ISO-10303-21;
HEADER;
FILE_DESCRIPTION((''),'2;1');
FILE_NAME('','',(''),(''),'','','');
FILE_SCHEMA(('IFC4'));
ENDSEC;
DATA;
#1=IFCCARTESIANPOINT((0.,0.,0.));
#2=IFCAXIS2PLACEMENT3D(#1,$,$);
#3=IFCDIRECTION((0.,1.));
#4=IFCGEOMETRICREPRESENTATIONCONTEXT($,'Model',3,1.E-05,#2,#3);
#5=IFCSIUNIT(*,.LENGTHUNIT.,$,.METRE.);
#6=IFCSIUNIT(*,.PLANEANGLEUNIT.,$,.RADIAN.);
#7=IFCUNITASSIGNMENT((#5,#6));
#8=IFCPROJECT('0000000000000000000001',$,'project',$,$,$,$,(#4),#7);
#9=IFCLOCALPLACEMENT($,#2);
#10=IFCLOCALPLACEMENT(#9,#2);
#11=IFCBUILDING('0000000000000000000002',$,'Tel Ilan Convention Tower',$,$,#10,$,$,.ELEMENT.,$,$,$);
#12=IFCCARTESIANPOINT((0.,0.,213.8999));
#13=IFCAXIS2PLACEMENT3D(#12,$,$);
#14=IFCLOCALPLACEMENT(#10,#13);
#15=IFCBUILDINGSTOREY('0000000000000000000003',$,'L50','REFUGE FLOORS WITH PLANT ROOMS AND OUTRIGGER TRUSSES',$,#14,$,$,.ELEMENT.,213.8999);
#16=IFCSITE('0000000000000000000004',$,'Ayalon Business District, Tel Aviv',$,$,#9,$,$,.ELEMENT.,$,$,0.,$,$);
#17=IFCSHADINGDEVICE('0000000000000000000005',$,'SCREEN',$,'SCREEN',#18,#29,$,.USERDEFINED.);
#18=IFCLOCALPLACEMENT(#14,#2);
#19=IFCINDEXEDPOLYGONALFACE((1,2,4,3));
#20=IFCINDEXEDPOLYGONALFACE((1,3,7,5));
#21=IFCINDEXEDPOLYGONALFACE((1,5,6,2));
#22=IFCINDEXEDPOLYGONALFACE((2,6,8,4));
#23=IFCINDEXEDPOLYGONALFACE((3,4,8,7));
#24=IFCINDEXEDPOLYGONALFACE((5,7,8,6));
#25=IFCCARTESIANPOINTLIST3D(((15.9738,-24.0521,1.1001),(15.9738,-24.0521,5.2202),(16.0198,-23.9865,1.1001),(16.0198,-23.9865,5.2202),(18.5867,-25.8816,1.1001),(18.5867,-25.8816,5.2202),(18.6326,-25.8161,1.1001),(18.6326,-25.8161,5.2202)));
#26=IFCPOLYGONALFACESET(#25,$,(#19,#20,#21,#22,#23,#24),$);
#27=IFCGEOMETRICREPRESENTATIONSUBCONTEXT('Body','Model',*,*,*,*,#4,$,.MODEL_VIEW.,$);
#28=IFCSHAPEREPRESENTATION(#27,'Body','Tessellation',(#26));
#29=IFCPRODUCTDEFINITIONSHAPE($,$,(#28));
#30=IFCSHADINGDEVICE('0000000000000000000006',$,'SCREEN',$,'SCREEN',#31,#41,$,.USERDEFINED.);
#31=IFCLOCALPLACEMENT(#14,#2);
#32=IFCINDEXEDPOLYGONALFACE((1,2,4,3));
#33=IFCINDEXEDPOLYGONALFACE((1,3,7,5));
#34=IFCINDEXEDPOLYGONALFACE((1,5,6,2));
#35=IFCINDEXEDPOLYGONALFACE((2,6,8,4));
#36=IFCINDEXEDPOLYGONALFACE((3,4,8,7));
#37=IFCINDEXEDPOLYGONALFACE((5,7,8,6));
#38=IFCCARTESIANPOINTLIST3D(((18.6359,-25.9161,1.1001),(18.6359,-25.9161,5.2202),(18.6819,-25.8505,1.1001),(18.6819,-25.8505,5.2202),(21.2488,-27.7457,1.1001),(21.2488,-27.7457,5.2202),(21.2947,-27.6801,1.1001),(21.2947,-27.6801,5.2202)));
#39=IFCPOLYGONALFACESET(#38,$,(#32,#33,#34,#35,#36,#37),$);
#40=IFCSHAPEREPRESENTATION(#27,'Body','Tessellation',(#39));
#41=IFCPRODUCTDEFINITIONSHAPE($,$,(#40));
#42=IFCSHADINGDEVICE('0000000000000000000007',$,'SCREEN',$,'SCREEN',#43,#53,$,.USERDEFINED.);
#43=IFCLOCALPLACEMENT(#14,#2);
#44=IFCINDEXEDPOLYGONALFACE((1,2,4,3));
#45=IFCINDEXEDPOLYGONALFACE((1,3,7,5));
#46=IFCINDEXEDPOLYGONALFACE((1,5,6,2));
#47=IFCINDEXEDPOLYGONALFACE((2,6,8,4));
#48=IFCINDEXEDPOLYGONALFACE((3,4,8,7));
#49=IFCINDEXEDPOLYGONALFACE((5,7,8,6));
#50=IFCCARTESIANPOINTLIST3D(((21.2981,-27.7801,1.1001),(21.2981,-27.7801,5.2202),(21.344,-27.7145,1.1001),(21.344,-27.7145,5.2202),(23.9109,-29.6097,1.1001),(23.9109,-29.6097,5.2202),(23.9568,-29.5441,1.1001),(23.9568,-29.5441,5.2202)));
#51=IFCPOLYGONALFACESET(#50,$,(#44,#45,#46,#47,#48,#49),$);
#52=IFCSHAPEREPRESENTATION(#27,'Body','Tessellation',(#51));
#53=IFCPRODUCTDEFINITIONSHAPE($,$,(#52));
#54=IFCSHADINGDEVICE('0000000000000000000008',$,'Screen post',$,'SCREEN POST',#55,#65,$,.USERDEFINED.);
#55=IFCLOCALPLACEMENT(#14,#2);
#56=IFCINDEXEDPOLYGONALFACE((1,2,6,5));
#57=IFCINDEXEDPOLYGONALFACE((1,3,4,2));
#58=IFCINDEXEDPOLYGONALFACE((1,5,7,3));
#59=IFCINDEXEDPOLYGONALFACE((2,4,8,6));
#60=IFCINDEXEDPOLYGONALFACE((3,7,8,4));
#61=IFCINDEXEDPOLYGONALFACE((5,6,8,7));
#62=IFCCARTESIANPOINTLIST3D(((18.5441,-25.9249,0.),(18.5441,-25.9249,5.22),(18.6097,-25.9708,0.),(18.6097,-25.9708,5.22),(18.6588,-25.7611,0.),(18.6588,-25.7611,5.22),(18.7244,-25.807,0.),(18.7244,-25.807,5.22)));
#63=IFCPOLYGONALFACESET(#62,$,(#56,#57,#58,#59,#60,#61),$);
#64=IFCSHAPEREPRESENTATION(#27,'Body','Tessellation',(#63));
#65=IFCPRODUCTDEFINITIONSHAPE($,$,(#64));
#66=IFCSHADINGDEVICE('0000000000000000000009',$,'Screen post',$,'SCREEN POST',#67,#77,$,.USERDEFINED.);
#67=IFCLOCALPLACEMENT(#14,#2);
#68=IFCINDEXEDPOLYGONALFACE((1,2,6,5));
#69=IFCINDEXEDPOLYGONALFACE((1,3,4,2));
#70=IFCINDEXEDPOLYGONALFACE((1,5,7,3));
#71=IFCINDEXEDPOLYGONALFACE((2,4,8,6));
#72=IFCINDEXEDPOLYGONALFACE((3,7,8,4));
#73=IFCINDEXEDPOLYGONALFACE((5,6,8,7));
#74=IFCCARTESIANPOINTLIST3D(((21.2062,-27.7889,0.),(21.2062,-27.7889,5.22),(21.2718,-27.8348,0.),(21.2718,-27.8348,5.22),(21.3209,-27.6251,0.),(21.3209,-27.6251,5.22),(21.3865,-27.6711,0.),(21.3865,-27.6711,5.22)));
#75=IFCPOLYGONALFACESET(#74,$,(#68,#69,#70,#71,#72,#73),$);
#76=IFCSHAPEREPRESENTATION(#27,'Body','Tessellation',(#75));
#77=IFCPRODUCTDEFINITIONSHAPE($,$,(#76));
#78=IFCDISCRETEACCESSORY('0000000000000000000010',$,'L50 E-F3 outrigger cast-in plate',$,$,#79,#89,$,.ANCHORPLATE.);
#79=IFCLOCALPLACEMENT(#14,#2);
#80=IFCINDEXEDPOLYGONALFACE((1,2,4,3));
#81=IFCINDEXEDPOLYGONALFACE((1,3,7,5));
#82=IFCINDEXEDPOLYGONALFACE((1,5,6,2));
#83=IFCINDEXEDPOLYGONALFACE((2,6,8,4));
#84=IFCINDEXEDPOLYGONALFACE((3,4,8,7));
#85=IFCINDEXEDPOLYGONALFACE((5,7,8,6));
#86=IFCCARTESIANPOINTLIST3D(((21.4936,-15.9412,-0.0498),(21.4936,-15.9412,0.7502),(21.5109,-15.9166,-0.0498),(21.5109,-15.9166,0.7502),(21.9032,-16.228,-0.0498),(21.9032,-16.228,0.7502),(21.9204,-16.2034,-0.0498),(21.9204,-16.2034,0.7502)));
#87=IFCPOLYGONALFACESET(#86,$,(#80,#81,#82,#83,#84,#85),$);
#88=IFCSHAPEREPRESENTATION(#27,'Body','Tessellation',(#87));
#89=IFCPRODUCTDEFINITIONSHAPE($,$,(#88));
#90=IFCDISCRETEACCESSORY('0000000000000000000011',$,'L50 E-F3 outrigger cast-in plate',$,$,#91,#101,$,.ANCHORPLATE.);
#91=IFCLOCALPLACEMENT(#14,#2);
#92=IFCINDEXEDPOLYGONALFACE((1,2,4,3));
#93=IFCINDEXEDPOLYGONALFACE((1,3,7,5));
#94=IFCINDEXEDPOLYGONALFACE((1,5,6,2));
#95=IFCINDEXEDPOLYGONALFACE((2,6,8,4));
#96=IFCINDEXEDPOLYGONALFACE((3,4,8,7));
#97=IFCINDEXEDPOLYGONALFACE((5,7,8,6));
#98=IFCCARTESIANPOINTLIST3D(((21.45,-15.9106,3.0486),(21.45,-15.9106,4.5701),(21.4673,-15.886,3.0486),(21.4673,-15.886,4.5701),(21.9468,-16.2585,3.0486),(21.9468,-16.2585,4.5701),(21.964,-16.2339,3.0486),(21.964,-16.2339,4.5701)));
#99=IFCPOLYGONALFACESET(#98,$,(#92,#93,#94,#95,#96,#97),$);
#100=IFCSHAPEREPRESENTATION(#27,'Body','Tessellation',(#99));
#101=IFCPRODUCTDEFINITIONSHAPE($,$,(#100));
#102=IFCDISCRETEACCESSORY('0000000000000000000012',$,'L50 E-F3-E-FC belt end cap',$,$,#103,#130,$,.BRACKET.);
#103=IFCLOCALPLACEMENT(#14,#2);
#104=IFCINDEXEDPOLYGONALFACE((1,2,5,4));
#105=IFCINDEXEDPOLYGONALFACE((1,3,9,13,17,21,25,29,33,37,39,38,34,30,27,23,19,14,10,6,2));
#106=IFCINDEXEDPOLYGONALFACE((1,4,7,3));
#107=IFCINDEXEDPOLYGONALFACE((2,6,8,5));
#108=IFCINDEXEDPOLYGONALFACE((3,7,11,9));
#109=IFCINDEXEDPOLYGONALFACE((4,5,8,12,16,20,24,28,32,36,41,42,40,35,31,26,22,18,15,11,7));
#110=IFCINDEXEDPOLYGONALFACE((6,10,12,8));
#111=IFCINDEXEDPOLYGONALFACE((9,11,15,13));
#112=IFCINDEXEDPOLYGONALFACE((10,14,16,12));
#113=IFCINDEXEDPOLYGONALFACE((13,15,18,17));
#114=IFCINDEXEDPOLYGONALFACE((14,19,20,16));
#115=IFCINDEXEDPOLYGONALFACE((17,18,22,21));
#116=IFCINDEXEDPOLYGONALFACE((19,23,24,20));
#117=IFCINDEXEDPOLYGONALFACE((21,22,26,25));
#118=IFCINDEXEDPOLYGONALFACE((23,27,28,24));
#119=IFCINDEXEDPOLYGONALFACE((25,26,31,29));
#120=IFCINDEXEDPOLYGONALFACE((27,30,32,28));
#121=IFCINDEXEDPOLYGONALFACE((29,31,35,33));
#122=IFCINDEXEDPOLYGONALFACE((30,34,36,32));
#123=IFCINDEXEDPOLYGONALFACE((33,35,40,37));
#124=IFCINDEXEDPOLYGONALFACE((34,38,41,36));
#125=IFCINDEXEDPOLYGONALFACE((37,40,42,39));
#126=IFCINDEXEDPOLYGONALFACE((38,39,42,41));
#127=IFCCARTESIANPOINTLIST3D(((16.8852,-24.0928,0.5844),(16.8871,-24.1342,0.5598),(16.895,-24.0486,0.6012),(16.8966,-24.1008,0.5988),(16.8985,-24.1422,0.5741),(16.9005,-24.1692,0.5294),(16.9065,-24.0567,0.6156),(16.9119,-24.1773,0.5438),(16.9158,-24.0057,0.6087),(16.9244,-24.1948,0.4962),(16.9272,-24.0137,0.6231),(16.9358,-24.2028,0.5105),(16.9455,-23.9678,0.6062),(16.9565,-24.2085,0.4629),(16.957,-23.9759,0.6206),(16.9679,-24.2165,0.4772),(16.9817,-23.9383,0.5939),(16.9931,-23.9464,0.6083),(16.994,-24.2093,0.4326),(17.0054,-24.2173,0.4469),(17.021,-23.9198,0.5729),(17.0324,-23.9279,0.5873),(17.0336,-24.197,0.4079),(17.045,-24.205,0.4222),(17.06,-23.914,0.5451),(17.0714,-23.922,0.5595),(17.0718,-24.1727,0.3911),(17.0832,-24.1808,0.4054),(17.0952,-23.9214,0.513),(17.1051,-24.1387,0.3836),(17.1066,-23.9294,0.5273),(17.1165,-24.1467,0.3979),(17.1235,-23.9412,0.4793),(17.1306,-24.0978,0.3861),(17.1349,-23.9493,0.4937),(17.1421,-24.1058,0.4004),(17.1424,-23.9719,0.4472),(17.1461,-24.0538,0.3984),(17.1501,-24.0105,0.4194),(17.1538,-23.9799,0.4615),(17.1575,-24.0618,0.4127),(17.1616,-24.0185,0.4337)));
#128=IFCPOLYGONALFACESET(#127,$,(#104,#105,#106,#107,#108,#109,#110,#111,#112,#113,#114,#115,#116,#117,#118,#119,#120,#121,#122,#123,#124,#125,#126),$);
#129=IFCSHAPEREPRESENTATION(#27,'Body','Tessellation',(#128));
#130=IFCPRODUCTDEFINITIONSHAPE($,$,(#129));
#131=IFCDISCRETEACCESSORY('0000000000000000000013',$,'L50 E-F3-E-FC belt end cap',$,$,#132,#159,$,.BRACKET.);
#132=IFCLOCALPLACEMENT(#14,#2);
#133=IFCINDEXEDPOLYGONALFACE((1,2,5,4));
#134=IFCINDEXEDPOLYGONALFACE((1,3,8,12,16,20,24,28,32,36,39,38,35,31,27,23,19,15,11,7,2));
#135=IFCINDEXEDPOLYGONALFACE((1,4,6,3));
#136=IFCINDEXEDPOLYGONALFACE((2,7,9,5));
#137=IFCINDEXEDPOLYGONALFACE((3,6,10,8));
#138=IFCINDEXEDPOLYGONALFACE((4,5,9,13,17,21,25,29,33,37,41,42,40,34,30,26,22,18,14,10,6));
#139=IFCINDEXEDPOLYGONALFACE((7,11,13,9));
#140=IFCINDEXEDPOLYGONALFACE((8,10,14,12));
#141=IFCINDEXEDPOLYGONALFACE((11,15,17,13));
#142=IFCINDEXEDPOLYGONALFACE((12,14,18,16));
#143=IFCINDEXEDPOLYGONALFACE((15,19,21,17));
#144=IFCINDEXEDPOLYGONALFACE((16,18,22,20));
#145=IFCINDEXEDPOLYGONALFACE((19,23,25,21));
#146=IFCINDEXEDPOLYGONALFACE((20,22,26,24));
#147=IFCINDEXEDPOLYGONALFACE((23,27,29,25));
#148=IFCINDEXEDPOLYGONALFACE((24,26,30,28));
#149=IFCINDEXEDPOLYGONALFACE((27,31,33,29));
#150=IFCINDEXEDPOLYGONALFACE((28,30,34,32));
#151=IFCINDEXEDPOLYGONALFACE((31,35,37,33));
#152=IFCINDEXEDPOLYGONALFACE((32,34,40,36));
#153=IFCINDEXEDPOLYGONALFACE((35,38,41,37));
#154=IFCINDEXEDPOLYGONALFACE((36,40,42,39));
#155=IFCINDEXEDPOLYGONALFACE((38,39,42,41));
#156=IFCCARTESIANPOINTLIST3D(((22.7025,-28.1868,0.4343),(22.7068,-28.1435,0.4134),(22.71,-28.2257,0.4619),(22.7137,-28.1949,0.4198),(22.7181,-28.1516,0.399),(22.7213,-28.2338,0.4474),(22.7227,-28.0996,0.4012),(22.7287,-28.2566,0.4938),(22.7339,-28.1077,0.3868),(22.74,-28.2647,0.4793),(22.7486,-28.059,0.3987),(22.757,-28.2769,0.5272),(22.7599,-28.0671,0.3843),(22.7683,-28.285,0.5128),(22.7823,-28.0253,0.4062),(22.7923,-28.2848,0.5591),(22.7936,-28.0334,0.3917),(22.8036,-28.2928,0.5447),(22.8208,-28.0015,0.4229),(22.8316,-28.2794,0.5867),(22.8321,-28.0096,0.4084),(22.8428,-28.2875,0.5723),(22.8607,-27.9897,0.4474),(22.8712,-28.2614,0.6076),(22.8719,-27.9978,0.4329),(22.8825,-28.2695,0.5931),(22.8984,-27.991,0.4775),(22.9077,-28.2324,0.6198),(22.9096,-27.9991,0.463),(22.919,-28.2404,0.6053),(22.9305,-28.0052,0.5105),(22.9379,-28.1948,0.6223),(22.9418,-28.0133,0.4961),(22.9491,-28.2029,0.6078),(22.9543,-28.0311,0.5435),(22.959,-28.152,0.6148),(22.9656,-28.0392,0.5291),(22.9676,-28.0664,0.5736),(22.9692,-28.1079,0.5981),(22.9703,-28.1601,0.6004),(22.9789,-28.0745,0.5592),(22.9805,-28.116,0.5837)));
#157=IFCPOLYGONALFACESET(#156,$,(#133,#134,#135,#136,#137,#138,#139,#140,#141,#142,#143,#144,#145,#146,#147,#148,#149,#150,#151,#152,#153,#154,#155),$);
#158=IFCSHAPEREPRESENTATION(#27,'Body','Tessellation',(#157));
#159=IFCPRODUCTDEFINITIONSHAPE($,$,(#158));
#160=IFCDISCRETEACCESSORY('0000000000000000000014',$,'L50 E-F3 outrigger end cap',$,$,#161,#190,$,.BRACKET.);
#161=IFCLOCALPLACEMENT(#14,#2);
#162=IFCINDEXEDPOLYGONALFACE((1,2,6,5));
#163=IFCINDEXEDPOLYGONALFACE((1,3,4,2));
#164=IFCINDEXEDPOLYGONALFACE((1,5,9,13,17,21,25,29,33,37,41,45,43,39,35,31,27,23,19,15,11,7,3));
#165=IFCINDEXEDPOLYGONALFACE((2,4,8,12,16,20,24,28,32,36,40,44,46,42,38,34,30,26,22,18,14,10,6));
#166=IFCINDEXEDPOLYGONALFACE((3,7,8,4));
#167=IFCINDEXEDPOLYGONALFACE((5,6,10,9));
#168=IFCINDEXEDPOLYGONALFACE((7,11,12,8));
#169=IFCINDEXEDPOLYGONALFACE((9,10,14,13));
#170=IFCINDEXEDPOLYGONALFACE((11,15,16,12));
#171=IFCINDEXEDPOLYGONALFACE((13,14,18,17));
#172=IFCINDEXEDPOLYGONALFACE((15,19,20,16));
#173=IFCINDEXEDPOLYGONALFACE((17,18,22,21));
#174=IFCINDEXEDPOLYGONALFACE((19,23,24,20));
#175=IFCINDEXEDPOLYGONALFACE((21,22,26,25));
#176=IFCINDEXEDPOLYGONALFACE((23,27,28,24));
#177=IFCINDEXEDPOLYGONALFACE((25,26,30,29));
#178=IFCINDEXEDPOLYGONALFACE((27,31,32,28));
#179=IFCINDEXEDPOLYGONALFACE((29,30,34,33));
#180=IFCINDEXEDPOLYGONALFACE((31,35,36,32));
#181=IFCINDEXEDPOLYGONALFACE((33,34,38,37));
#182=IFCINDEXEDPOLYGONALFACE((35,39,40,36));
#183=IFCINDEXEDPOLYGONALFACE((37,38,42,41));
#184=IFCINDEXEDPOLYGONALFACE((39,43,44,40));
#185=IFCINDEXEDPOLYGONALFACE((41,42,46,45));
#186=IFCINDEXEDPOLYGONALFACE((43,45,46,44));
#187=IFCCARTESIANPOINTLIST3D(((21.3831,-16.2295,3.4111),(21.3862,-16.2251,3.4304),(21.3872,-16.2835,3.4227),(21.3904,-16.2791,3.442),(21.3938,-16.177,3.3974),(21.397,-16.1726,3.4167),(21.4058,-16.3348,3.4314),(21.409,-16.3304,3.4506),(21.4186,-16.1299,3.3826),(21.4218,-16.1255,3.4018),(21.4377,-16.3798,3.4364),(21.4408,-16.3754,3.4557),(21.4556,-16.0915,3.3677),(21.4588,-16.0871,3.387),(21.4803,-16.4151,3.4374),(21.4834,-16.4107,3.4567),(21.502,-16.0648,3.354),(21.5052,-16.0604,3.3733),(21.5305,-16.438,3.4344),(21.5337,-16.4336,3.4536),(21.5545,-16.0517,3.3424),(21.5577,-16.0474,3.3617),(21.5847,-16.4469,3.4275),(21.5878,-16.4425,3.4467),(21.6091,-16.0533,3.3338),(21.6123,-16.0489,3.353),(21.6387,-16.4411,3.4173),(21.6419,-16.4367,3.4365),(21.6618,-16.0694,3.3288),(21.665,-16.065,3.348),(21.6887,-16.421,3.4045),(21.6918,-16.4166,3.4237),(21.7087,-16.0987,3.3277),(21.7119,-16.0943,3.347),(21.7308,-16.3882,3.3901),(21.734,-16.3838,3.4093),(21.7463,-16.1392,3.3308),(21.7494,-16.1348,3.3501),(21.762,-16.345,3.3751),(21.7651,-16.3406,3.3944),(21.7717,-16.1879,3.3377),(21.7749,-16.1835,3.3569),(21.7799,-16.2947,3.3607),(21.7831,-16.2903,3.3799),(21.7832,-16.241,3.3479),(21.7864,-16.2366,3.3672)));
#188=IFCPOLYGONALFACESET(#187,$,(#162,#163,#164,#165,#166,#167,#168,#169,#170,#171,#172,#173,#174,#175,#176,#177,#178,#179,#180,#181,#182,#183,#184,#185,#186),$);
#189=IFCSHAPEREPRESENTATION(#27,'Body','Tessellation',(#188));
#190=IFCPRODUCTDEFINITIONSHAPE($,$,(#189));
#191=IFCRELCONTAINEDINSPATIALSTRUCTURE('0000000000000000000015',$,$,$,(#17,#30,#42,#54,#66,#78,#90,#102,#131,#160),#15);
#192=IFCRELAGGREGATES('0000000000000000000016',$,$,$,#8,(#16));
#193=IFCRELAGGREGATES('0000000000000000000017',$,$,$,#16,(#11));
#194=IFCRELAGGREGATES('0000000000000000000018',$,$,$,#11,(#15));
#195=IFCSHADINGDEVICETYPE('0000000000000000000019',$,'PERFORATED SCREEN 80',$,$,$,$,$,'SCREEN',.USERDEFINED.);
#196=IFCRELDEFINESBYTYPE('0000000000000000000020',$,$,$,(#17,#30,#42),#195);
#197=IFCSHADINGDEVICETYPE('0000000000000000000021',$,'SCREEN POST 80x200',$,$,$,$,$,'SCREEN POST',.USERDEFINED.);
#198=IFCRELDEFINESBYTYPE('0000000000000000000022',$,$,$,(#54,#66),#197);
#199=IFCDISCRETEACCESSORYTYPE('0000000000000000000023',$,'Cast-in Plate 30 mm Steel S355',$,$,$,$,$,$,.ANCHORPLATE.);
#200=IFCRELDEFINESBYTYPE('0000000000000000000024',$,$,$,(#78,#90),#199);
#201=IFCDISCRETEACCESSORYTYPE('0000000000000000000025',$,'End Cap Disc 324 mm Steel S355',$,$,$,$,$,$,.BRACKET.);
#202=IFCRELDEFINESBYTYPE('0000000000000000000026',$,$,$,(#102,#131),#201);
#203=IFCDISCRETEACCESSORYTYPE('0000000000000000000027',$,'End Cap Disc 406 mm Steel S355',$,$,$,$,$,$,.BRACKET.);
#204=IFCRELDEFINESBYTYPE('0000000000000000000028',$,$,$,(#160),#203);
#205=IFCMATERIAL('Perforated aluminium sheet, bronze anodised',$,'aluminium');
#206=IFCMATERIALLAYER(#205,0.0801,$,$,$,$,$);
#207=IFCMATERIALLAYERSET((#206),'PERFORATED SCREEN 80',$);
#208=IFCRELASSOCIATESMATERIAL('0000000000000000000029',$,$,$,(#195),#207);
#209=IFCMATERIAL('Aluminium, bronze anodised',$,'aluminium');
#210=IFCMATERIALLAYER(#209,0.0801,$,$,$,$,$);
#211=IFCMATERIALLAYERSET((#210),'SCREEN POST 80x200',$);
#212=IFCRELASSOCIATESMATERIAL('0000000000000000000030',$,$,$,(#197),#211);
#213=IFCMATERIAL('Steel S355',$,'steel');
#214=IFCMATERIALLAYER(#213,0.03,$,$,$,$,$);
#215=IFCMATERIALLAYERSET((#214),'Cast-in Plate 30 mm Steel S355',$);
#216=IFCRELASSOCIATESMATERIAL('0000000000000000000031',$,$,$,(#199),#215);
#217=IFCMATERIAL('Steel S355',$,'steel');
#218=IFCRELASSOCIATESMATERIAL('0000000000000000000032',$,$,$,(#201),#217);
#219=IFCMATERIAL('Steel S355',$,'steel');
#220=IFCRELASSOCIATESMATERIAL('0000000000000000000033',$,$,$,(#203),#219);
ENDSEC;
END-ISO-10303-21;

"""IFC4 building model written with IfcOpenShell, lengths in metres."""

from ifc_helpers import new_model, si_unit, direction, frame, origin, origin_2d, place, context, subcontext, project, spatial, rectangle, circle, extrude, material, layer, layer_set, material_profile, profile_set, type_object, element, save


model = new_model("IFC4")

# Units and contexts
model_context = context("Model", 3, precision=1e-05, world=origin(), true_north=direction((0.0, 1.0)))
body_context = subcontext(model_context, "Body", "Model", "MODEL_VIEW")
ifc_project = project(units=[si_unit("LENGTHUNIT", "METRE"), si_unit("PLANEANGLEUNIT", "RADIAN")], contexts=[model_context])

# Site, building, storey
site_placement = place(None, origin())
site = spatial("IfcSite", under=ifc_project, at=site_placement, Name="Ayalon Business District, Tel Aviv", CompositionType="ELEMENT", RefElevation=0.0)
building_placement = place(site_placement, origin())
building = spatial("IfcBuilding", under=site, at=building_placement, Name="Tel Ilan Convention Tower", CompositionType="ELEMENT")
storey_placement = place(building_placement, frame((0.0, 0.0, 213.8999)))
storey = spatial("IfcBuildingStorey", under=building, at=storey_placement, Name="L50", Description="REFUGE FLOORS WITH PLANT ROOMS AND OUTRIGGER TRUSSES", CompositionType="ELEMENT", Elevation=213.8999)

# Shading devices
ifc_material_1 = material(Name="Perforated aluminium sheet, bronze anodised", Category="aluminium")
ifc_layer_1 = layer(ifc_material_1, 0.0801)
ifc_layer_set_1 = layer_set([ifc_layer_1], Name="PERFORATED SCREEN 80")
shading_device_type_1 = type_object("IfcShadingDeviceType", Name="PERFORATED SCREEN 80", ElementType="SCREEN", PredefinedType="USERDEFINED", material=ifc_layer_set_1)
for number, where, z_axis, x_axis, name in (
    (1, (17.3032, -24.9341, 1.1001), (0.0, 0.0, 1.0), (0.819152, -0.573576, 0.0), "SCREEN"),
    (2, (19.9653, -26.7981, 1.1001), (0.0, 0.0, 1.0), (0.819152, -0.573576, 0.0), "SCREEN"),
    (3, (22.6274, -28.6621, 1.1001), (0.0, 0.0, 1.0), (0.819152, -0.573576, 0.0), "SCREEN"),
):
    element("IfcShadingDevice", number, at=place(storey_placement, frame(where, z_axis=z_axis, x_axis=x_axis)), inside=storey, type_object=shading_device_type_1, Name=name, ObjectType="SCREEN", PredefinedType="USERDEFINED", context=body_context, shape_type="SweptSolid", body=[
        extrude(rectangle(XDim=3.1897, YDim=0.0801, at=origin_2d()), origin(), (0.0, 0.0, 1.0), 4.1201),
    ])
ifc_material_2 = material(Name="Aluminium, bronze anodised", Category="aluminium")
ifc_layer_2 = layer(ifc_material_2, 0.0801)
ifc_layer_set_2 = layer_set([ifc_layer_2], Name="SCREEN POST 80x200")
shading_device_type_2 = type_object("IfcShadingDeviceType", Name="SCREEN POST 80x200", ElementType="SCREEN POST", PredefinedType="USERDEFINED", material=ifc_layer_set_2)
for number, where, z_axis, x_axis, name in (
    (4, (18.6343, -25.866, 0.0), (0.0, 0.0, 1.0), (0.819152, -0.573576, 0.0), "Screen post"),
    (5, (21.2964, -27.73, 0.0), (0.0, 0.0, 1.0), (0.819152, -0.573576, 0.0), "Screen post"),
):
    element("IfcShadingDevice", number, at=place(storey_placement, frame(where, z_axis=z_axis, x_axis=x_axis)), inside=storey, type_object=shading_device_type_2, Name=name, ObjectType="SCREEN POST", PredefinedType="USERDEFINED", context=body_context, shape_type="SweptSolid", body=[
        extrude(rectangle(XDim=0.0801, YDim=0.2, at=origin_2d()), origin(), (0.0, 0.0, 1.0), 5.22),
    ])

# Discrete accessories
ifc_material_3 = material(Name="Steel S355", Category="steel")
ifc_layer_3 = layer(ifc_material_3, 0.03)
ifc_layer_set_3 = layer_set([ifc_layer_3], Name="Cast-in Plate 30 mm Steel S355")
discrete_accessory_type_1 = type_object("IfcDiscreteAccessoryType", Name="Cast-in Plate 30 mm Steel S355", PredefinedType="ANCHORPLATE", material=ifc_layer_set_3)
discrete_accessory_1_placement = place(storey_placement, frame((21.707, -16.0723, -0.0498), z_axis=(0.0, 0.0, 1.0), x_axis=(0.573576, 0.819152, 0.0)))
element("IfcDiscreteAccessory", 6, at=discrete_accessory_1_placement, inside=storey, type_object=discrete_accessory_type_1, Name="L50 E-F3 outrigger cast-in plate", PredefinedType="ANCHORPLATE", context=body_context, shape_type="SweptSolid", body=[
    extrude(rectangle(XDim=0.03, YDim=0.5, at=origin_2d()), origin(), (0.0, 0.0, 1.0), 0.8),
])
discrete_accessory_2_placement = place(storey_placement, frame((21.707, -16.0723, 3.0486), z_axis=(0.0, 0.0, 1.0), x_axis=(0.573576, 0.819152, 0.0)))
element("IfcDiscreteAccessory", 7, at=discrete_accessory_2_placement, inside=storey, type_object=discrete_accessory_type_1, Name="L50 E-F3 outrigger cast-in plate", PredefinedType="ANCHORPLATE", context=body_context, shape_type="SweptSolid", body=[
    extrude(rectangle(XDim=0.03, YDim=0.6064, at=origin_2d()), origin(), (0.0, 0.0, 1.0), 1.5215),
])
ifc_material_4 = material(Name="Steel S355", Category="steel")
ifc_material_profile_1 = material_profile(ifc_material_4, circle(Radius=0.1619, at=origin_2d()), Name="End Cap Disc 324 mm Steel S355")
ifc_profile_set_1 = profile_set([ifc_material_profile_1], Name="Steel S355")
discrete_accessory_type_2 = type_object("IfcDiscreteAccessoryType", Name="End Cap Disc 324 mm Steel S355", PredefinedType="BRACKET", material=ifc_profile_set_1)
for number, where, z_axis, x_axis, name in (
    (8, (17.0288, -24.0703, 0.5105), (-0.570841, 0.400803, -0.716587), (-0.57463, -0.818413, 0.0), "L50 E-F3-E-FC belt end cap"),
    (9, (22.8362, -28.1367, 0.5105), (0.562568, -0.403581, -0.721554), (0.582908, 0.812538, 0.0), "L50 E-F3-E-FC belt end cap"),
):
    element("IfcDiscreteAccessory", number, at=place(storey_placement, frame(where, z_axis=z_axis, x_axis=x_axis)), inside=storey, type_object=discrete_accessory_type_2, Name=name, PredefinedType="BRACKET", context=body_context, shape_type="SweptSolid", body=[
        extrude(circle(Radius=0.1619, at=origin_2d()), origin(), (0.0, 0.0, 1.0), 0.02),
    ])
ifc_material_5 = material(Name="Steel S355", Category="steel")
ifc_material_profile_2 = material_profile(ifc_material_5, circle(Radius=0.2031, at=origin_2d()), Name="End Cap Disc 406 mm Steel S355")
ifc_profile_set_2 = profile_set([ifc_material_profile_2], Name="Steel S355")
discrete_accessory_type_3 = type_object("IfcDiscreteAccessoryType", Name="End Cap Disc 406 mm Steel S355", PredefinedType="BRACKET", material=ifc_profile_set_2)
discrete_accessory_3_placement = place(storey_placement, frame((21.5833, -16.2488, 3.3826), z_axis=(0.158419, 0.219349, 0.962699), x_axis=(-0.810679, 0.585491, 0.0)))
element("IfcDiscreteAccessory", 10, at=discrete_accessory_3_placement, inside=storey, type_object=discrete_accessory_type_3, Name="L50 E-F3 outrigger end cap", PredefinedType="BRACKET", context=body_context, shape_type="SweptSolid", body=[
    extrude(circle(Radius=0.2031, at=origin_2d()), origin(), (0.0, 0.0, 1.0), 0.02),
])

save(model, "model.ifc")
